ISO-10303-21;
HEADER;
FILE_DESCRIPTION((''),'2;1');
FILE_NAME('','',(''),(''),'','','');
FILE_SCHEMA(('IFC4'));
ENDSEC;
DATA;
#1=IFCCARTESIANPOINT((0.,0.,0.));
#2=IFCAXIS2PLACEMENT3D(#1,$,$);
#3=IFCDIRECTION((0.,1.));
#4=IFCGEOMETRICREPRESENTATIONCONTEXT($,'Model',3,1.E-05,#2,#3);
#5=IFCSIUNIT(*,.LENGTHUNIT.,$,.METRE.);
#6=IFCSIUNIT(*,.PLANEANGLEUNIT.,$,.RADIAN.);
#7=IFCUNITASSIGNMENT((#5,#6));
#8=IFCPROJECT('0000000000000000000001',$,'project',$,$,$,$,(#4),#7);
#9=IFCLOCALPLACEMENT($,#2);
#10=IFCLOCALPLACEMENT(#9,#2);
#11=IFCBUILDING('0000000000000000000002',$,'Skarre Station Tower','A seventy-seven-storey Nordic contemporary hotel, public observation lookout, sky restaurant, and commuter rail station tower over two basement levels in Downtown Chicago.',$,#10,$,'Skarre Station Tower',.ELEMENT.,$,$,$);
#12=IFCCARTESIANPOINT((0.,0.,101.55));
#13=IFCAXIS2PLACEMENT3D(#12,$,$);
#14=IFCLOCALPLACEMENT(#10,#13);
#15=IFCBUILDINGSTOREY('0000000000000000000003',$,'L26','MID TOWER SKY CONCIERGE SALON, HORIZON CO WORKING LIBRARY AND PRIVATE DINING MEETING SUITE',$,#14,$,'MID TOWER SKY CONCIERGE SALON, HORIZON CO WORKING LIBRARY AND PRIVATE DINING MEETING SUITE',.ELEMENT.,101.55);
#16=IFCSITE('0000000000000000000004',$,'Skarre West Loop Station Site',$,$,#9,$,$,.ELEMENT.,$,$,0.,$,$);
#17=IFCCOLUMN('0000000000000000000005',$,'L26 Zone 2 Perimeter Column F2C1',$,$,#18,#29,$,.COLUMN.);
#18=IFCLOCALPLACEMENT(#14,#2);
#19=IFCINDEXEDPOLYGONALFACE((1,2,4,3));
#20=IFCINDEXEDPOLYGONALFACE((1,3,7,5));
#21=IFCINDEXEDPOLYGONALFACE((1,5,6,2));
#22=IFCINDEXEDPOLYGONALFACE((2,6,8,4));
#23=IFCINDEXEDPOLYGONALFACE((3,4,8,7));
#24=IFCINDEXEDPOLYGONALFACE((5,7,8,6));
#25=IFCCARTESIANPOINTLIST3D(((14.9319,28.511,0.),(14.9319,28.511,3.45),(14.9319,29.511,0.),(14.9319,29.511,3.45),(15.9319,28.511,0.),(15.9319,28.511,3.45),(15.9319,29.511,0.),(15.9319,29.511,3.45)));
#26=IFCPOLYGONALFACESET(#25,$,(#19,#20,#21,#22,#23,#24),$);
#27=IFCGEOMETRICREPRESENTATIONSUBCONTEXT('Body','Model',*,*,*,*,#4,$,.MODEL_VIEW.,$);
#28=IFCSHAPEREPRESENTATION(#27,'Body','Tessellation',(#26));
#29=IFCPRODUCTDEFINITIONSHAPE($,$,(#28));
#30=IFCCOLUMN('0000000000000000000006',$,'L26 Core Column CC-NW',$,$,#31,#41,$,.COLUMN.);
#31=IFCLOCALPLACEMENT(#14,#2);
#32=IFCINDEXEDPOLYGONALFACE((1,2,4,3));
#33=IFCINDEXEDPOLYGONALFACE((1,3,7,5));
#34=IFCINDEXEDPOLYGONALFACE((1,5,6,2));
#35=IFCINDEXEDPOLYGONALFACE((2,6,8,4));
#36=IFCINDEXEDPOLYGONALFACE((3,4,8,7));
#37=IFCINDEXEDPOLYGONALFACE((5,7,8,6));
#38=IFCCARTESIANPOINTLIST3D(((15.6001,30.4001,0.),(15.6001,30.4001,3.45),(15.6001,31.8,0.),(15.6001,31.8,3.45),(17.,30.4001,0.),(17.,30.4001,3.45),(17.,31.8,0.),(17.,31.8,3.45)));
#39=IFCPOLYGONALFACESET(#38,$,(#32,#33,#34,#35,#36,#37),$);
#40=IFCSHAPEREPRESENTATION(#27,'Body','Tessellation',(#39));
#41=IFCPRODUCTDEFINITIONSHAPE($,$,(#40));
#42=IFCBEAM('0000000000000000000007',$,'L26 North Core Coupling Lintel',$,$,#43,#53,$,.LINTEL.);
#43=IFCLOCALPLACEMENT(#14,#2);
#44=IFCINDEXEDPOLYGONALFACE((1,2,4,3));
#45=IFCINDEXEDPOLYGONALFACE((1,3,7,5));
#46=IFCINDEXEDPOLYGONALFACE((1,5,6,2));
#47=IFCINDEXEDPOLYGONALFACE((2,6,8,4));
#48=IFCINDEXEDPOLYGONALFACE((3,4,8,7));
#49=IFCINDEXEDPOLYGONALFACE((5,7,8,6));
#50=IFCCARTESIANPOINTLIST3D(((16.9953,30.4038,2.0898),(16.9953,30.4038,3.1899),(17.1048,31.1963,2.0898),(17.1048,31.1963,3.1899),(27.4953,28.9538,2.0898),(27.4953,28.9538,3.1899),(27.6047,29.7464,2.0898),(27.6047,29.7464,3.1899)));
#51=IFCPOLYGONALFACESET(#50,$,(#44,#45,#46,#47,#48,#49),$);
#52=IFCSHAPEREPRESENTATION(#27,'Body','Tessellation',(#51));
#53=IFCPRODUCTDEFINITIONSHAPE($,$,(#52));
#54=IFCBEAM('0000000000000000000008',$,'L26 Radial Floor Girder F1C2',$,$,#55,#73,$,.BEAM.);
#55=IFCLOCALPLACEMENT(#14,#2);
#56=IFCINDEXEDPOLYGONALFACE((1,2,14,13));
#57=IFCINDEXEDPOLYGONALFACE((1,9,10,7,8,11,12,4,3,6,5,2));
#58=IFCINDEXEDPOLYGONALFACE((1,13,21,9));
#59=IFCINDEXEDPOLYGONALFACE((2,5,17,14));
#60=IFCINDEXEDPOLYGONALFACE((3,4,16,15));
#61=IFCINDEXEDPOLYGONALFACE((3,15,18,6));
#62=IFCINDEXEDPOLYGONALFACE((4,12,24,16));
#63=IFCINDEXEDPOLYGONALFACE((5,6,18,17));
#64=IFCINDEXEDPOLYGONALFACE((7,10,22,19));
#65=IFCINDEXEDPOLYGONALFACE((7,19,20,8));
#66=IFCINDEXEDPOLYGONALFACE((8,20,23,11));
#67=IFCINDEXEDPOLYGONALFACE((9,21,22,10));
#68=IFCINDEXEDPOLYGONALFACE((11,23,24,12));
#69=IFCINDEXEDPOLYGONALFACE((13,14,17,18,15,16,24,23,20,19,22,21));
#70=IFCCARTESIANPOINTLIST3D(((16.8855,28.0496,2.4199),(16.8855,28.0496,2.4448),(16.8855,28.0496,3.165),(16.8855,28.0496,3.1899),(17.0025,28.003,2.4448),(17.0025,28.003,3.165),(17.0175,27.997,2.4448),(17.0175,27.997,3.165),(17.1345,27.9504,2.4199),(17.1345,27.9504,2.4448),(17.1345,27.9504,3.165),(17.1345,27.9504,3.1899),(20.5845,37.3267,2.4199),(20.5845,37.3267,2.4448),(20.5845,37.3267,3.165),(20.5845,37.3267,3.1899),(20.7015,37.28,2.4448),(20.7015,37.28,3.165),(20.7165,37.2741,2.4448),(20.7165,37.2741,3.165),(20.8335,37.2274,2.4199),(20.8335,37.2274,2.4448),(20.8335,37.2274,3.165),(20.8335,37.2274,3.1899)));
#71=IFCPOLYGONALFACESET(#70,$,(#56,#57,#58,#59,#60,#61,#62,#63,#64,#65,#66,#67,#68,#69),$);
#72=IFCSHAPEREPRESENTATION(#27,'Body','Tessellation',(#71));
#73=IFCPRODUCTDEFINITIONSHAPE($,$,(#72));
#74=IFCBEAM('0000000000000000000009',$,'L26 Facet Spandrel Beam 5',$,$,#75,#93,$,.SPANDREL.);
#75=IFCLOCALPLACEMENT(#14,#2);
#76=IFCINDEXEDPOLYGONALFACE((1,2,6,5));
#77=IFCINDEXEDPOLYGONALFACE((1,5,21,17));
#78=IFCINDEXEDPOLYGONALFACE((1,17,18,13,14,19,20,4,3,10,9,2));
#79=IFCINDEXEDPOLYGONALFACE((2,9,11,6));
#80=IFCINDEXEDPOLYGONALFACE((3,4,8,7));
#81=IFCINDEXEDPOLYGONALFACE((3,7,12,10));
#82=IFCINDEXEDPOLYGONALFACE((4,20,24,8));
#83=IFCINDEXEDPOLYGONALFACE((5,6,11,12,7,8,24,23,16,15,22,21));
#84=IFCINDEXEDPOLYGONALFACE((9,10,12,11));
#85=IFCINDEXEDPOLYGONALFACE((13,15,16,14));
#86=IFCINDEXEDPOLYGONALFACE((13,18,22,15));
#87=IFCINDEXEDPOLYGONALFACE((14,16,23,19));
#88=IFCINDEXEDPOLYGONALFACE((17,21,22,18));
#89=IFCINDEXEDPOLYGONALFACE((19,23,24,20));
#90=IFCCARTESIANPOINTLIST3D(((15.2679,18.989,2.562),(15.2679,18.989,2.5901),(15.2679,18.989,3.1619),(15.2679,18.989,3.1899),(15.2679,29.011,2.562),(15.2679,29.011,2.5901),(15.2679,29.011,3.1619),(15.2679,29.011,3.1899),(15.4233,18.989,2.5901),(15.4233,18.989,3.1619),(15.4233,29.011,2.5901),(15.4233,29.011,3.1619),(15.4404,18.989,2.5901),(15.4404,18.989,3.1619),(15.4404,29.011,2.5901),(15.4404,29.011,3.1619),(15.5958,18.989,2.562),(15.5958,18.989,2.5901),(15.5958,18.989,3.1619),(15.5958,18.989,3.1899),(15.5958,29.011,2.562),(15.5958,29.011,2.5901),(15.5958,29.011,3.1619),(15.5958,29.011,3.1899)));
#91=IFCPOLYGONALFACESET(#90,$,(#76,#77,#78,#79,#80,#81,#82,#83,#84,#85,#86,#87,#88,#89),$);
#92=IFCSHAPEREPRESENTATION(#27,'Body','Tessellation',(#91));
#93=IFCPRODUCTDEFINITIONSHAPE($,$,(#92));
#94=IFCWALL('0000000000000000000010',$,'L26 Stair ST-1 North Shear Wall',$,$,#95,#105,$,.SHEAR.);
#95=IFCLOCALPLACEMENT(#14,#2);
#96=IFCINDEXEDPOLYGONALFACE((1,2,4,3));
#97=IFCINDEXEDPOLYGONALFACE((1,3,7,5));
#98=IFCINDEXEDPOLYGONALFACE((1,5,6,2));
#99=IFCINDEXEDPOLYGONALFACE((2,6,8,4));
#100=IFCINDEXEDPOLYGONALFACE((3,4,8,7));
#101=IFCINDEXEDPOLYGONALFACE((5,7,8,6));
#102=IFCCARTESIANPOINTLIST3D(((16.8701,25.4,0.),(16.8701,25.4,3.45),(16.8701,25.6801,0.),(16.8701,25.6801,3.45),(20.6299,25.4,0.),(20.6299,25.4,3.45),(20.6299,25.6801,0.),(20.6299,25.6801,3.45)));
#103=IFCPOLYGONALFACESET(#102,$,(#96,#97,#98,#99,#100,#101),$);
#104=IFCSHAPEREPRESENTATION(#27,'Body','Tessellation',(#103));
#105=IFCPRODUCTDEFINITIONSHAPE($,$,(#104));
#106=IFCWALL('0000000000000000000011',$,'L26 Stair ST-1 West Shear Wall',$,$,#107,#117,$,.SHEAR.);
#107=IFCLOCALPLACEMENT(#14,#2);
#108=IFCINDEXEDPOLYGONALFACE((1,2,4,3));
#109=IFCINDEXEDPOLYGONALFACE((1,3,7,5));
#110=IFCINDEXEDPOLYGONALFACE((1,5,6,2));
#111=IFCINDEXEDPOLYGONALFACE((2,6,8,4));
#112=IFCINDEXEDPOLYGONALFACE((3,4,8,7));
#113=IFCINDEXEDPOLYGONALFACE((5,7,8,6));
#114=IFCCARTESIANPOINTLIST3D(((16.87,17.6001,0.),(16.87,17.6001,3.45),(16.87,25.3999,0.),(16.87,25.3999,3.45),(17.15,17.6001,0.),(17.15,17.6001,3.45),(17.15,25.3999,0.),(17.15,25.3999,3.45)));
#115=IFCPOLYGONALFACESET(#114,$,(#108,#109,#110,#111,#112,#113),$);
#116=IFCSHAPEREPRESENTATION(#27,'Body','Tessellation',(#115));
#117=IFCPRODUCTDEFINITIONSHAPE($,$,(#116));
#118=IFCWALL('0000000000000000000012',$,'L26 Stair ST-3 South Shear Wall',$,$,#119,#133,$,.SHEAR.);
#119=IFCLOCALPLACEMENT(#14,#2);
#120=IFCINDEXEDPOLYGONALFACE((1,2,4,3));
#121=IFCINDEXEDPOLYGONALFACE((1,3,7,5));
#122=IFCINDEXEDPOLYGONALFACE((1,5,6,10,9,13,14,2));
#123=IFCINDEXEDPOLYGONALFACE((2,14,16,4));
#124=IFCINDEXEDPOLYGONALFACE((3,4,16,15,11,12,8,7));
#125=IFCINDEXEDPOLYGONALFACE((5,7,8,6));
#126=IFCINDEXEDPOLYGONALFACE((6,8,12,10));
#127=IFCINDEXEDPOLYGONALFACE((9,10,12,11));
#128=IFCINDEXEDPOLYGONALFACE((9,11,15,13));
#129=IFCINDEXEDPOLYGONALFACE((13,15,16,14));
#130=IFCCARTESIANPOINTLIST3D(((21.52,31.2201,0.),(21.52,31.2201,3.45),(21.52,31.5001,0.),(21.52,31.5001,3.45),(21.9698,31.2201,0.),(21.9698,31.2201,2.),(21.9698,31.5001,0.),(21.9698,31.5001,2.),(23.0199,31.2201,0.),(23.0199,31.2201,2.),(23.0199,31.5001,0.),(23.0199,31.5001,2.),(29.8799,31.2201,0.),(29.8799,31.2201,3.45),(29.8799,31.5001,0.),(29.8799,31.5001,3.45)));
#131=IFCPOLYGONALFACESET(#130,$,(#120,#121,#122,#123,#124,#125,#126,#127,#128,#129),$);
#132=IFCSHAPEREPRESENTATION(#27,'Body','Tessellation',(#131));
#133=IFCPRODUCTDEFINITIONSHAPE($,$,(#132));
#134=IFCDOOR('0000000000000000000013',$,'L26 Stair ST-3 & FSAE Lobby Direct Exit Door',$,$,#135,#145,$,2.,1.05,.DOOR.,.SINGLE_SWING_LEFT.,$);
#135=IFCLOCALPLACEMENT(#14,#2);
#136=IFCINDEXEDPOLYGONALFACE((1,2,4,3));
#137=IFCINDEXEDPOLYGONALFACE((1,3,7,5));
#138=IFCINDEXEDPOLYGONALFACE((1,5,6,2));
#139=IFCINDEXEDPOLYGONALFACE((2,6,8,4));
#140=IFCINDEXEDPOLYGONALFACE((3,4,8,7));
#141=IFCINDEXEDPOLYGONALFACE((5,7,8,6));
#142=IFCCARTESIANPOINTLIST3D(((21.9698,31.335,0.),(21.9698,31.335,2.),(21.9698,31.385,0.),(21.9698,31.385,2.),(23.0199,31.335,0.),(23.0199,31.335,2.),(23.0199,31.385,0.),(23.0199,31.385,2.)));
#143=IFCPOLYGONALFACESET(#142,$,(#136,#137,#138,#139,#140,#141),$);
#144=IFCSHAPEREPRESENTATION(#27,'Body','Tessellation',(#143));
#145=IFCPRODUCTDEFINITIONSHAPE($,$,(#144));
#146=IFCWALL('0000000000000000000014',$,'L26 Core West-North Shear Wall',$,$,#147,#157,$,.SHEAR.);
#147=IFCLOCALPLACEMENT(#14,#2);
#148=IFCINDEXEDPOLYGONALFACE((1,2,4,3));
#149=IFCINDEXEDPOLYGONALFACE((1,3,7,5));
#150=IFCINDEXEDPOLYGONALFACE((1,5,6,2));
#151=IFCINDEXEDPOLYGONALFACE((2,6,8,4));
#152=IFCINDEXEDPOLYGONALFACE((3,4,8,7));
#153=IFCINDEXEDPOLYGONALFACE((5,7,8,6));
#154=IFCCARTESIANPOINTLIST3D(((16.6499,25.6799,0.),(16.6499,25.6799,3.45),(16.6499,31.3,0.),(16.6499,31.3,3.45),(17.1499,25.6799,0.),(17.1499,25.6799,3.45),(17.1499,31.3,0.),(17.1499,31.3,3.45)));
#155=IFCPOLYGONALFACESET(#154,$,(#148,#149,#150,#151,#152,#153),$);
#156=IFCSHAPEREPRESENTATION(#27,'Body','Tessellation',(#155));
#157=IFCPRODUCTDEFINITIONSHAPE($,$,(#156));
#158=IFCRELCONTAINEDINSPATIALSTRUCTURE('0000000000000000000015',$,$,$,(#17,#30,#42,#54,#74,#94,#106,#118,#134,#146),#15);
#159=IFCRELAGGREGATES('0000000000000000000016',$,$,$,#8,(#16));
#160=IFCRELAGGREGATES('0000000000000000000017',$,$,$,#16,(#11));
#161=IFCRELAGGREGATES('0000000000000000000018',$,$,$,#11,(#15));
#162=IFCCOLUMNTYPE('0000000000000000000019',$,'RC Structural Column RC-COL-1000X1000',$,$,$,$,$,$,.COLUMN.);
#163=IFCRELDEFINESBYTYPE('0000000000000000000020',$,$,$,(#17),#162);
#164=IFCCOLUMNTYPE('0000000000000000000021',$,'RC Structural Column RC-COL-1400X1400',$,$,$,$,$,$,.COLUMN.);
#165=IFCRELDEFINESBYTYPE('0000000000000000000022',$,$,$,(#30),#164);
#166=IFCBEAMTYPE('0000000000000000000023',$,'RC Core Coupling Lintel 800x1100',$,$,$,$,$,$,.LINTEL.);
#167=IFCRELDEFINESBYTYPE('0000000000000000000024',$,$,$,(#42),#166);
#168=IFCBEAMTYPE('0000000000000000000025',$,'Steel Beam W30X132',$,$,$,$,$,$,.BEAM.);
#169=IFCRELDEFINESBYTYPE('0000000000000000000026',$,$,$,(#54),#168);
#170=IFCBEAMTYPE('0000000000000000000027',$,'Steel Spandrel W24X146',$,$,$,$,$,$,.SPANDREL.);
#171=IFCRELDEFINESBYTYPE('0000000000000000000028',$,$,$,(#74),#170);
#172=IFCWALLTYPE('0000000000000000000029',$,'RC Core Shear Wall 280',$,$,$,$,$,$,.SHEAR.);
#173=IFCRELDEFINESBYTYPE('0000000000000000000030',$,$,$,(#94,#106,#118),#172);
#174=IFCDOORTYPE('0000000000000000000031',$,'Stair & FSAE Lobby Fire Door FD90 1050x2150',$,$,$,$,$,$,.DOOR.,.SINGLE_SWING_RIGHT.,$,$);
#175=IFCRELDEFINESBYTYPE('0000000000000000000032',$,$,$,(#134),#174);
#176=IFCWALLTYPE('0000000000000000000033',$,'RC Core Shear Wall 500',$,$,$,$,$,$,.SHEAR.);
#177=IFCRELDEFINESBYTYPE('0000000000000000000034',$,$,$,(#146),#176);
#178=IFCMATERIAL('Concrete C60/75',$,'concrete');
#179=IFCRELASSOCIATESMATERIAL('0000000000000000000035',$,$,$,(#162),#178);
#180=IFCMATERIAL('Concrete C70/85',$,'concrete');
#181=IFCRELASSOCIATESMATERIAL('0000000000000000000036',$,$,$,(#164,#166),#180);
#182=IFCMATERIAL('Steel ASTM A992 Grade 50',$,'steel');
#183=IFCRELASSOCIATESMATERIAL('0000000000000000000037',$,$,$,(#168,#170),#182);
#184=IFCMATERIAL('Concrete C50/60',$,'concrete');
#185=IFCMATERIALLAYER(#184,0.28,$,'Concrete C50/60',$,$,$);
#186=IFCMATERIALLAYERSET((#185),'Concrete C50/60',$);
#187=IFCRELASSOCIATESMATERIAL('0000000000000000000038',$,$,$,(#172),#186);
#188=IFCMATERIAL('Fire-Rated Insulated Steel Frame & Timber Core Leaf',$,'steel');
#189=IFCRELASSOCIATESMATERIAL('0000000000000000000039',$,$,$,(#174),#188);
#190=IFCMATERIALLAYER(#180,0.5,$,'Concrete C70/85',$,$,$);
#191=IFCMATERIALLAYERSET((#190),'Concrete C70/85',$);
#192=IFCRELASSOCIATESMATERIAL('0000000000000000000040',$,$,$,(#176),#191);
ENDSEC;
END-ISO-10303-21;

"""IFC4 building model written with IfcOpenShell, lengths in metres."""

from ifc_helpers import new_model, si_unit, direction, frame, frame_2d, origin, origin_2d, place, context, subcontext, project, spatial, rectangle, i_section, extrude, material, layer, layer_set, material_profile, profile_set, type_object, element, fill, save


model = new_model("IFC4")

# Units and contexts
model_context = context("Model", 3, precision=1e-05, world=origin(), true_north=direction((0.0, 1.0)))
body_context = subcontext(model_context, "Body", "Model", "MODEL_VIEW")
ifc_project = project(units=[si_unit("LENGTHUNIT", "METRE"), si_unit("PLANEANGLEUNIT", "RADIAN")], contexts=[model_context])

# Site, building, storey
site_placement = place(None, origin())
site = spatial("IfcSite", under=ifc_project, at=site_placement, Name="Skarre West Loop Station Site", CompositionType="ELEMENT", RefElevation=0.0)
building_placement = place(site_placement, origin())
building = spatial("IfcBuilding", under=site, at=building_placement, Name="Skarre Station Tower", Description="A seventy-seven-storey Nordic contemporary hotel, public observation lookout, sky restaurant, and commuter rail station tower over two basement levels in Downtown Chicago.", LongName="Skarre Station Tower", CompositionType="ELEMENT")
storey_placement = place(building_placement, frame((0.0, 0.0, 101.55)))
storey = spatial("IfcBuildingStorey", under=building, at=storey_placement, Name="L26", Description="MID TOWER SKY CONCIERGE SALON, HORIZON CO WORKING LIBRARY AND PRIVATE DINING MEETING SUITE", LongName="MID TOWER SKY CONCIERGE SALON, HORIZON CO WORKING LIBRARY AND PRIVATE DINING MEETING SUITE", CompositionType="ELEMENT", Elevation=101.55)

# Columns
ifc_material_1 = material(Name="Concrete C60/75", Category="concrete")
ifc_material_profile_1 = material_profile(ifc_material_1, rectangle(XDim=1.0, YDim=1.0, at=origin_2d()), Name="Concrete C60/75")
ifc_profile_set_1 = profile_set([ifc_material_profile_1], Name="Concrete C60/75")
column_type_1 = type_object("IfcColumnType", Name="RC Structural Column RC-COL-1000X1000", PredefinedType="COLUMN", material=ifc_profile_set_1)
column_1_placement = place(storey_placement, frame((15.4319, 29.011, 0.0), z_axis=(0.0, 0.0, 1.0), x_axis=(1.0, 0.0, 0.0)))
element("IfcColumn", 1, at=column_1_placement, inside=storey, type_object=column_type_1, Name="L26 Zone 2 Perimeter Column F2C1", PredefinedType="COLUMN", context=body_context, shape_type="SweptSolid", body=[
    extrude(rectangle(XDim=1.0, YDim=1.0, at=origin_2d()), origin(), (0.0, 0.0, 1.0), 3.45),
])
ifc_material_2 = material(Name="Concrete C70/85", Category="concrete")
ifc_material_profile_2 = material_profile(ifc_material_2, rectangle(XDim=1.3999, YDim=1.3999, at=origin_2d()), Name="Concrete C70/85")
ifc_profile_set_2 = profile_set([ifc_material_profile_2], Name="Concrete C70/85")
column_type_2 = type_object("IfcColumnType", Name="RC Structural Column RC-COL-1400X1400", PredefinedType="COLUMN", material=ifc_profile_set_2)
column_2_placement = place(storey_placement, frame((16.3, 31.1001, 0.0), z_axis=(0.0, 0.0, 1.0), x_axis=(1.0, 0.0, 0.0)))
element("IfcColumn", 2, at=column_2_placement, inside=storey, type_object=column_type_2, Name="L26 Core Column CC-NW", PredefinedType="COLUMN", context=body_context, shape_type="SweptSolid", body=[
    extrude(rectangle(XDim=1.3999, YDim=1.3999, at=origin_2d()), origin(), (0.0, 0.0, 1.0), 3.45),
])

# Beams
ifc_material_profile_3 = material_profile(ifc_material_2, rectangle(XDim=0.8, YDim=1.1001, at=origin_2d()), Name="Concrete C70/85")
ifc_profile_set_3 = profile_set([ifc_material_profile_3], Name="Concrete C70/85")
beam_type_1 = type_object("IfcBeamType", Name="RC Core Coupling Lintel 800x1100", PredefinedType="LINTEL", material=ifc_profile_set_3)
beam_1_placement = place(storey_placement, frame((17.05, 30.8, 2.6399), z_axis=(0.9906, -0.136792, 0.0), x_axis=(0.136792, 0.9906, 0.0)))
element("IfcBeam", 3, at=beam_1_placement, inside=storey, type_object=beam_type_1, Name="L26 North Core Coupling Lintel", PredefinedType="LINTEL", context=body_context, shape_type="SweptSolid", body=[
    extrude(rectangle(XDim=0.8, YDim=1.1001, at=origin_2d()), origin(), (0.0, 0.0, 1.0), 10.5996),
])
ifc_material_3 = material(Name="Steel ASTM A992 Grade 50", Category="steel")
ifc_material_profile_4 = material_profile(ifc_material_3, i_section(OverallWidth=0.2681, OverallDepth=0.77, WebThickness=0.0161, FlangeThickness=0.0249, at=origin_2d()), Name="Steel ASTM A992 Grade 50")
ifc_profile_set_4 = profile_set([ifc_material_profile_4], Name="Steel ASTM A992 Grade 50")
beam_type_2 = type_object("IfcBeamType", Name="Steel Beam W30X132", PredefinedType="BEAM", material=ifc_profile_set_4)
beam_2_placement = place(storey_placement, frame((17.01, 28.0, 2.8049), z_axis=(0.370366, 0.928886, 0.0), x_axis=(-0.928886, 0.370366, 0.0)))
element("IfcBeam", 4, at=beam_2_placement, inside=storey, type_object=beam_type_2, Name="L26 Radial Floor Girder F1C2", PredefinedType="BEAM", context=body_context, shape_type="SweptSolid", body=[
    extrude(i_section(OverallWidth=0.2681, OverallDepth=0.77, WebThickness=0.0161, FlangeThickness=0.0249, at=origin_2d()), origin(), (0.0, 0.0, 1.0), 9.9873),
])
ifc_material_profile_5 = material_profile(ifc_material_3, i_section(OverallWidth=0.3279, OverallDepth=0.6279, WebThickness=0.0171, FlangeThickness=0.0281, at=origin_2d()), Name="Steel ASTM A992 Grade 50")
ifc_profile_set_5 = profile_set([ifc_material_profile_5], Name="Steel ASTM A992 Grade 50")
beam_type_3 = type_object("IfcBeamType", Name="Steel Spandrel W24X146", PredefinedType="SPANDREL", material=ifc_profile_set_5)
beam_3_placement = place(storey_placement, frame((15.4319, 29.011, 2.876), z_axis=(0.0, -1.0, 0.0), x_axis=(1.0, 0.0, 0.0)))
element("IfcBeam", 5, at=beam_3_placement, inside=storey, type_object=beam_type_3, Name="L26 Facet Spandrel Beam 5", PredefinedType="SPANDREL", context=body_context, shape_type="SweptSolid", body=[
    extrude(i_section(OverallWidth=0.3279, OverallDepth=0.6279, WebThickness=0.0171, FlangeThickness=0.0281, at=origin_2d()), origin(), (0.0, 0.0, 1.0), 10.022),
])

# Walls
ifc_material_4 = material(Name="Concrete C50/60", Category="concrete")
ifc_layer_1 = layer(ifc_material_4, 0.28, Name="Concrete C50/60")
ifc_layer_set_1 = layer_set([ifc_layer_1], Name="Concrete C50/60")
wall_type_1 = type_object("IfcWallType", Name="RC Core Shear Wall 280", PredefinedType="SHEAR", material=ifc_layer_set_1)
wall_1_placement = place(storey_placement, frame((20.6299, 25.54, 0.0), z_axis=(0.0, 0.0, 1.0), x_axis=(-1.0, 0.0, 0.0)))
element("IfcWall", 6, at=wall_1_placement, inside=storey, type_object=wall_type_1, Name="L26 Stair ST-1 North Shear Wall", PredefinedType="SHEAR", context=body_context, shape_type="SweptSolid", body=[
    extrude(rectangle(XDim=3.7598, YDim=0.28, at=frame_2d((1.8799, 0.0))), origin(), (0.0, 0.0, 1.0), 3.45),
])
wall_2_placement = place(storey_placement, frame((17.01, 25.3999, 0.0), z_axis=(0.0, 0.0, 1.0), x_axis=(0.0, -1.0, 0.0)))
element("IfcWall", 7, at=wall_2_placement, inside=storey, type_object=wall_type_1, Name="L26 Stair ST-1 West Shear Wall", PredefinedType="SHEAR", context=body_context, shape_type="SweptSolid", body=[
    extrude(rectangle(XDim=7.7998, YDim=0.28, at=frame_2d((3.8999, 0.0))), origin(), (0.0, 0.0, 1.0), 3.45),
])

# Wall, opening, door
wall_3_placement = place(storey_placement, frame((21.52, 31.3601, 0.0), z_axis=(0.0, 0.0, 1.0), x_axis=(1.0, 0.0, 0.0)))
wall_3 = element("IfcWall", 8, at=wall_3_placement, inside=storey, type_object=wall_type_1, Name="L26 Stair ST-3 South Shear Wall", PredefinedType="SHEAR", context=body_context, shape_type="SweptSolid", body=[
    extrude(rectangle(XDim=8.3599, YDim=0.28, at=frame_2d((4.1799, 0.0))), origin(), (0.0, 0.0, 1.0), 3.45),
])
opening_1_placement = place(wall_3_placement, frame((0.45, 0.0, 0.0)))
opening_1 = element("IfcOpeningElement", 9, at=opening_1_placement, cuts=wall_3, PredefinedType="OPENING", context=body_context, shape_type="SweptSolid", body=[
    extrude(rectangle(XDim=1.05, YDim=2.0, at=frame_2d((0.5249, 1.0))), frame((0.0, 0.1499, 0.0), z_axis=(0.0, -1.0, 0.0), x_axis=(1.0, 0.0, 0.0)), (0.0, 0.0, 1.0), 0.3),
])
ifc_material_5 = material(Name="Fire-Rated Insulated Steel Frame & Timber Core Leaf", Category="steel")
door_type_1 = type_object("IfcDoorType", Name="Stair & FSAE Lobby Fire Door FD90 1050x2150", OperationType="SINGLE_SWING_RIGHT", PredefinedType="DOOR", material=ifc_material_5)
door_1_placement = place(opening_1_placement, origin())
door_1 = element("IfcDoor", 10, at=door_1_placement, inside=storey, type_object=door_type_1, Name="L26 Stair ST-3 & FSAE Lobby Direct Exit Door", OperationType="SINGLE_SWING_LEFT", OverallHeight=2.0, OverallWidth=1.05, PredefinedType="DOOR", context=body_context, shape_type="SweptSolid", body=[
    extrude(rectangle(XDim=1.05, YDim=2.0, at=frame_2d((0.5249, 1.0))), frame((0.0, 0.0249, 0.0), z_axis=(0.0, -1.0, 0.0), x_axis=(1.0, 0.0, 0.0)), (0.0, 0.0, 1.0), 0.05),
])
fill(opening_1, door_1)

# Wall
ifc_layer_2 = layer(ifc_material_2, 0.5, Name="Concrete C70/85")
ifc_layer_set_2 = layer_set([ifc_layer_2], Name="Concrete C70/85")
wall_type_2 = type_object("IfcWallType", Name="RC Core Shear Wall 500", PredefinedType="SHEAR", material=ifc_layer_set_2)
wall_4_placement = place(storey_placement, frame((16.8999, 25.6799, 0.0), z_axis=(0.0, 0.0, 1.0), x_axis=(0.0, 1.0, 0.0)))
element("IfcWall", 11, at=wall_4_placement, inside=storey, type_object=wall_type_2, Name="L26 Core West-North Shear Wall", PredefinedType="SHEAR", context=body_context, shape_type="SweptSolid", body=[
    extrude(rectangle(XDim=5.6201, YDim=0.5, at=frame_2d((2.8101, 0.0))), origin(), (0.0, 0.0, 1.0), 3.45),
])

save(model, "model.ifc")
